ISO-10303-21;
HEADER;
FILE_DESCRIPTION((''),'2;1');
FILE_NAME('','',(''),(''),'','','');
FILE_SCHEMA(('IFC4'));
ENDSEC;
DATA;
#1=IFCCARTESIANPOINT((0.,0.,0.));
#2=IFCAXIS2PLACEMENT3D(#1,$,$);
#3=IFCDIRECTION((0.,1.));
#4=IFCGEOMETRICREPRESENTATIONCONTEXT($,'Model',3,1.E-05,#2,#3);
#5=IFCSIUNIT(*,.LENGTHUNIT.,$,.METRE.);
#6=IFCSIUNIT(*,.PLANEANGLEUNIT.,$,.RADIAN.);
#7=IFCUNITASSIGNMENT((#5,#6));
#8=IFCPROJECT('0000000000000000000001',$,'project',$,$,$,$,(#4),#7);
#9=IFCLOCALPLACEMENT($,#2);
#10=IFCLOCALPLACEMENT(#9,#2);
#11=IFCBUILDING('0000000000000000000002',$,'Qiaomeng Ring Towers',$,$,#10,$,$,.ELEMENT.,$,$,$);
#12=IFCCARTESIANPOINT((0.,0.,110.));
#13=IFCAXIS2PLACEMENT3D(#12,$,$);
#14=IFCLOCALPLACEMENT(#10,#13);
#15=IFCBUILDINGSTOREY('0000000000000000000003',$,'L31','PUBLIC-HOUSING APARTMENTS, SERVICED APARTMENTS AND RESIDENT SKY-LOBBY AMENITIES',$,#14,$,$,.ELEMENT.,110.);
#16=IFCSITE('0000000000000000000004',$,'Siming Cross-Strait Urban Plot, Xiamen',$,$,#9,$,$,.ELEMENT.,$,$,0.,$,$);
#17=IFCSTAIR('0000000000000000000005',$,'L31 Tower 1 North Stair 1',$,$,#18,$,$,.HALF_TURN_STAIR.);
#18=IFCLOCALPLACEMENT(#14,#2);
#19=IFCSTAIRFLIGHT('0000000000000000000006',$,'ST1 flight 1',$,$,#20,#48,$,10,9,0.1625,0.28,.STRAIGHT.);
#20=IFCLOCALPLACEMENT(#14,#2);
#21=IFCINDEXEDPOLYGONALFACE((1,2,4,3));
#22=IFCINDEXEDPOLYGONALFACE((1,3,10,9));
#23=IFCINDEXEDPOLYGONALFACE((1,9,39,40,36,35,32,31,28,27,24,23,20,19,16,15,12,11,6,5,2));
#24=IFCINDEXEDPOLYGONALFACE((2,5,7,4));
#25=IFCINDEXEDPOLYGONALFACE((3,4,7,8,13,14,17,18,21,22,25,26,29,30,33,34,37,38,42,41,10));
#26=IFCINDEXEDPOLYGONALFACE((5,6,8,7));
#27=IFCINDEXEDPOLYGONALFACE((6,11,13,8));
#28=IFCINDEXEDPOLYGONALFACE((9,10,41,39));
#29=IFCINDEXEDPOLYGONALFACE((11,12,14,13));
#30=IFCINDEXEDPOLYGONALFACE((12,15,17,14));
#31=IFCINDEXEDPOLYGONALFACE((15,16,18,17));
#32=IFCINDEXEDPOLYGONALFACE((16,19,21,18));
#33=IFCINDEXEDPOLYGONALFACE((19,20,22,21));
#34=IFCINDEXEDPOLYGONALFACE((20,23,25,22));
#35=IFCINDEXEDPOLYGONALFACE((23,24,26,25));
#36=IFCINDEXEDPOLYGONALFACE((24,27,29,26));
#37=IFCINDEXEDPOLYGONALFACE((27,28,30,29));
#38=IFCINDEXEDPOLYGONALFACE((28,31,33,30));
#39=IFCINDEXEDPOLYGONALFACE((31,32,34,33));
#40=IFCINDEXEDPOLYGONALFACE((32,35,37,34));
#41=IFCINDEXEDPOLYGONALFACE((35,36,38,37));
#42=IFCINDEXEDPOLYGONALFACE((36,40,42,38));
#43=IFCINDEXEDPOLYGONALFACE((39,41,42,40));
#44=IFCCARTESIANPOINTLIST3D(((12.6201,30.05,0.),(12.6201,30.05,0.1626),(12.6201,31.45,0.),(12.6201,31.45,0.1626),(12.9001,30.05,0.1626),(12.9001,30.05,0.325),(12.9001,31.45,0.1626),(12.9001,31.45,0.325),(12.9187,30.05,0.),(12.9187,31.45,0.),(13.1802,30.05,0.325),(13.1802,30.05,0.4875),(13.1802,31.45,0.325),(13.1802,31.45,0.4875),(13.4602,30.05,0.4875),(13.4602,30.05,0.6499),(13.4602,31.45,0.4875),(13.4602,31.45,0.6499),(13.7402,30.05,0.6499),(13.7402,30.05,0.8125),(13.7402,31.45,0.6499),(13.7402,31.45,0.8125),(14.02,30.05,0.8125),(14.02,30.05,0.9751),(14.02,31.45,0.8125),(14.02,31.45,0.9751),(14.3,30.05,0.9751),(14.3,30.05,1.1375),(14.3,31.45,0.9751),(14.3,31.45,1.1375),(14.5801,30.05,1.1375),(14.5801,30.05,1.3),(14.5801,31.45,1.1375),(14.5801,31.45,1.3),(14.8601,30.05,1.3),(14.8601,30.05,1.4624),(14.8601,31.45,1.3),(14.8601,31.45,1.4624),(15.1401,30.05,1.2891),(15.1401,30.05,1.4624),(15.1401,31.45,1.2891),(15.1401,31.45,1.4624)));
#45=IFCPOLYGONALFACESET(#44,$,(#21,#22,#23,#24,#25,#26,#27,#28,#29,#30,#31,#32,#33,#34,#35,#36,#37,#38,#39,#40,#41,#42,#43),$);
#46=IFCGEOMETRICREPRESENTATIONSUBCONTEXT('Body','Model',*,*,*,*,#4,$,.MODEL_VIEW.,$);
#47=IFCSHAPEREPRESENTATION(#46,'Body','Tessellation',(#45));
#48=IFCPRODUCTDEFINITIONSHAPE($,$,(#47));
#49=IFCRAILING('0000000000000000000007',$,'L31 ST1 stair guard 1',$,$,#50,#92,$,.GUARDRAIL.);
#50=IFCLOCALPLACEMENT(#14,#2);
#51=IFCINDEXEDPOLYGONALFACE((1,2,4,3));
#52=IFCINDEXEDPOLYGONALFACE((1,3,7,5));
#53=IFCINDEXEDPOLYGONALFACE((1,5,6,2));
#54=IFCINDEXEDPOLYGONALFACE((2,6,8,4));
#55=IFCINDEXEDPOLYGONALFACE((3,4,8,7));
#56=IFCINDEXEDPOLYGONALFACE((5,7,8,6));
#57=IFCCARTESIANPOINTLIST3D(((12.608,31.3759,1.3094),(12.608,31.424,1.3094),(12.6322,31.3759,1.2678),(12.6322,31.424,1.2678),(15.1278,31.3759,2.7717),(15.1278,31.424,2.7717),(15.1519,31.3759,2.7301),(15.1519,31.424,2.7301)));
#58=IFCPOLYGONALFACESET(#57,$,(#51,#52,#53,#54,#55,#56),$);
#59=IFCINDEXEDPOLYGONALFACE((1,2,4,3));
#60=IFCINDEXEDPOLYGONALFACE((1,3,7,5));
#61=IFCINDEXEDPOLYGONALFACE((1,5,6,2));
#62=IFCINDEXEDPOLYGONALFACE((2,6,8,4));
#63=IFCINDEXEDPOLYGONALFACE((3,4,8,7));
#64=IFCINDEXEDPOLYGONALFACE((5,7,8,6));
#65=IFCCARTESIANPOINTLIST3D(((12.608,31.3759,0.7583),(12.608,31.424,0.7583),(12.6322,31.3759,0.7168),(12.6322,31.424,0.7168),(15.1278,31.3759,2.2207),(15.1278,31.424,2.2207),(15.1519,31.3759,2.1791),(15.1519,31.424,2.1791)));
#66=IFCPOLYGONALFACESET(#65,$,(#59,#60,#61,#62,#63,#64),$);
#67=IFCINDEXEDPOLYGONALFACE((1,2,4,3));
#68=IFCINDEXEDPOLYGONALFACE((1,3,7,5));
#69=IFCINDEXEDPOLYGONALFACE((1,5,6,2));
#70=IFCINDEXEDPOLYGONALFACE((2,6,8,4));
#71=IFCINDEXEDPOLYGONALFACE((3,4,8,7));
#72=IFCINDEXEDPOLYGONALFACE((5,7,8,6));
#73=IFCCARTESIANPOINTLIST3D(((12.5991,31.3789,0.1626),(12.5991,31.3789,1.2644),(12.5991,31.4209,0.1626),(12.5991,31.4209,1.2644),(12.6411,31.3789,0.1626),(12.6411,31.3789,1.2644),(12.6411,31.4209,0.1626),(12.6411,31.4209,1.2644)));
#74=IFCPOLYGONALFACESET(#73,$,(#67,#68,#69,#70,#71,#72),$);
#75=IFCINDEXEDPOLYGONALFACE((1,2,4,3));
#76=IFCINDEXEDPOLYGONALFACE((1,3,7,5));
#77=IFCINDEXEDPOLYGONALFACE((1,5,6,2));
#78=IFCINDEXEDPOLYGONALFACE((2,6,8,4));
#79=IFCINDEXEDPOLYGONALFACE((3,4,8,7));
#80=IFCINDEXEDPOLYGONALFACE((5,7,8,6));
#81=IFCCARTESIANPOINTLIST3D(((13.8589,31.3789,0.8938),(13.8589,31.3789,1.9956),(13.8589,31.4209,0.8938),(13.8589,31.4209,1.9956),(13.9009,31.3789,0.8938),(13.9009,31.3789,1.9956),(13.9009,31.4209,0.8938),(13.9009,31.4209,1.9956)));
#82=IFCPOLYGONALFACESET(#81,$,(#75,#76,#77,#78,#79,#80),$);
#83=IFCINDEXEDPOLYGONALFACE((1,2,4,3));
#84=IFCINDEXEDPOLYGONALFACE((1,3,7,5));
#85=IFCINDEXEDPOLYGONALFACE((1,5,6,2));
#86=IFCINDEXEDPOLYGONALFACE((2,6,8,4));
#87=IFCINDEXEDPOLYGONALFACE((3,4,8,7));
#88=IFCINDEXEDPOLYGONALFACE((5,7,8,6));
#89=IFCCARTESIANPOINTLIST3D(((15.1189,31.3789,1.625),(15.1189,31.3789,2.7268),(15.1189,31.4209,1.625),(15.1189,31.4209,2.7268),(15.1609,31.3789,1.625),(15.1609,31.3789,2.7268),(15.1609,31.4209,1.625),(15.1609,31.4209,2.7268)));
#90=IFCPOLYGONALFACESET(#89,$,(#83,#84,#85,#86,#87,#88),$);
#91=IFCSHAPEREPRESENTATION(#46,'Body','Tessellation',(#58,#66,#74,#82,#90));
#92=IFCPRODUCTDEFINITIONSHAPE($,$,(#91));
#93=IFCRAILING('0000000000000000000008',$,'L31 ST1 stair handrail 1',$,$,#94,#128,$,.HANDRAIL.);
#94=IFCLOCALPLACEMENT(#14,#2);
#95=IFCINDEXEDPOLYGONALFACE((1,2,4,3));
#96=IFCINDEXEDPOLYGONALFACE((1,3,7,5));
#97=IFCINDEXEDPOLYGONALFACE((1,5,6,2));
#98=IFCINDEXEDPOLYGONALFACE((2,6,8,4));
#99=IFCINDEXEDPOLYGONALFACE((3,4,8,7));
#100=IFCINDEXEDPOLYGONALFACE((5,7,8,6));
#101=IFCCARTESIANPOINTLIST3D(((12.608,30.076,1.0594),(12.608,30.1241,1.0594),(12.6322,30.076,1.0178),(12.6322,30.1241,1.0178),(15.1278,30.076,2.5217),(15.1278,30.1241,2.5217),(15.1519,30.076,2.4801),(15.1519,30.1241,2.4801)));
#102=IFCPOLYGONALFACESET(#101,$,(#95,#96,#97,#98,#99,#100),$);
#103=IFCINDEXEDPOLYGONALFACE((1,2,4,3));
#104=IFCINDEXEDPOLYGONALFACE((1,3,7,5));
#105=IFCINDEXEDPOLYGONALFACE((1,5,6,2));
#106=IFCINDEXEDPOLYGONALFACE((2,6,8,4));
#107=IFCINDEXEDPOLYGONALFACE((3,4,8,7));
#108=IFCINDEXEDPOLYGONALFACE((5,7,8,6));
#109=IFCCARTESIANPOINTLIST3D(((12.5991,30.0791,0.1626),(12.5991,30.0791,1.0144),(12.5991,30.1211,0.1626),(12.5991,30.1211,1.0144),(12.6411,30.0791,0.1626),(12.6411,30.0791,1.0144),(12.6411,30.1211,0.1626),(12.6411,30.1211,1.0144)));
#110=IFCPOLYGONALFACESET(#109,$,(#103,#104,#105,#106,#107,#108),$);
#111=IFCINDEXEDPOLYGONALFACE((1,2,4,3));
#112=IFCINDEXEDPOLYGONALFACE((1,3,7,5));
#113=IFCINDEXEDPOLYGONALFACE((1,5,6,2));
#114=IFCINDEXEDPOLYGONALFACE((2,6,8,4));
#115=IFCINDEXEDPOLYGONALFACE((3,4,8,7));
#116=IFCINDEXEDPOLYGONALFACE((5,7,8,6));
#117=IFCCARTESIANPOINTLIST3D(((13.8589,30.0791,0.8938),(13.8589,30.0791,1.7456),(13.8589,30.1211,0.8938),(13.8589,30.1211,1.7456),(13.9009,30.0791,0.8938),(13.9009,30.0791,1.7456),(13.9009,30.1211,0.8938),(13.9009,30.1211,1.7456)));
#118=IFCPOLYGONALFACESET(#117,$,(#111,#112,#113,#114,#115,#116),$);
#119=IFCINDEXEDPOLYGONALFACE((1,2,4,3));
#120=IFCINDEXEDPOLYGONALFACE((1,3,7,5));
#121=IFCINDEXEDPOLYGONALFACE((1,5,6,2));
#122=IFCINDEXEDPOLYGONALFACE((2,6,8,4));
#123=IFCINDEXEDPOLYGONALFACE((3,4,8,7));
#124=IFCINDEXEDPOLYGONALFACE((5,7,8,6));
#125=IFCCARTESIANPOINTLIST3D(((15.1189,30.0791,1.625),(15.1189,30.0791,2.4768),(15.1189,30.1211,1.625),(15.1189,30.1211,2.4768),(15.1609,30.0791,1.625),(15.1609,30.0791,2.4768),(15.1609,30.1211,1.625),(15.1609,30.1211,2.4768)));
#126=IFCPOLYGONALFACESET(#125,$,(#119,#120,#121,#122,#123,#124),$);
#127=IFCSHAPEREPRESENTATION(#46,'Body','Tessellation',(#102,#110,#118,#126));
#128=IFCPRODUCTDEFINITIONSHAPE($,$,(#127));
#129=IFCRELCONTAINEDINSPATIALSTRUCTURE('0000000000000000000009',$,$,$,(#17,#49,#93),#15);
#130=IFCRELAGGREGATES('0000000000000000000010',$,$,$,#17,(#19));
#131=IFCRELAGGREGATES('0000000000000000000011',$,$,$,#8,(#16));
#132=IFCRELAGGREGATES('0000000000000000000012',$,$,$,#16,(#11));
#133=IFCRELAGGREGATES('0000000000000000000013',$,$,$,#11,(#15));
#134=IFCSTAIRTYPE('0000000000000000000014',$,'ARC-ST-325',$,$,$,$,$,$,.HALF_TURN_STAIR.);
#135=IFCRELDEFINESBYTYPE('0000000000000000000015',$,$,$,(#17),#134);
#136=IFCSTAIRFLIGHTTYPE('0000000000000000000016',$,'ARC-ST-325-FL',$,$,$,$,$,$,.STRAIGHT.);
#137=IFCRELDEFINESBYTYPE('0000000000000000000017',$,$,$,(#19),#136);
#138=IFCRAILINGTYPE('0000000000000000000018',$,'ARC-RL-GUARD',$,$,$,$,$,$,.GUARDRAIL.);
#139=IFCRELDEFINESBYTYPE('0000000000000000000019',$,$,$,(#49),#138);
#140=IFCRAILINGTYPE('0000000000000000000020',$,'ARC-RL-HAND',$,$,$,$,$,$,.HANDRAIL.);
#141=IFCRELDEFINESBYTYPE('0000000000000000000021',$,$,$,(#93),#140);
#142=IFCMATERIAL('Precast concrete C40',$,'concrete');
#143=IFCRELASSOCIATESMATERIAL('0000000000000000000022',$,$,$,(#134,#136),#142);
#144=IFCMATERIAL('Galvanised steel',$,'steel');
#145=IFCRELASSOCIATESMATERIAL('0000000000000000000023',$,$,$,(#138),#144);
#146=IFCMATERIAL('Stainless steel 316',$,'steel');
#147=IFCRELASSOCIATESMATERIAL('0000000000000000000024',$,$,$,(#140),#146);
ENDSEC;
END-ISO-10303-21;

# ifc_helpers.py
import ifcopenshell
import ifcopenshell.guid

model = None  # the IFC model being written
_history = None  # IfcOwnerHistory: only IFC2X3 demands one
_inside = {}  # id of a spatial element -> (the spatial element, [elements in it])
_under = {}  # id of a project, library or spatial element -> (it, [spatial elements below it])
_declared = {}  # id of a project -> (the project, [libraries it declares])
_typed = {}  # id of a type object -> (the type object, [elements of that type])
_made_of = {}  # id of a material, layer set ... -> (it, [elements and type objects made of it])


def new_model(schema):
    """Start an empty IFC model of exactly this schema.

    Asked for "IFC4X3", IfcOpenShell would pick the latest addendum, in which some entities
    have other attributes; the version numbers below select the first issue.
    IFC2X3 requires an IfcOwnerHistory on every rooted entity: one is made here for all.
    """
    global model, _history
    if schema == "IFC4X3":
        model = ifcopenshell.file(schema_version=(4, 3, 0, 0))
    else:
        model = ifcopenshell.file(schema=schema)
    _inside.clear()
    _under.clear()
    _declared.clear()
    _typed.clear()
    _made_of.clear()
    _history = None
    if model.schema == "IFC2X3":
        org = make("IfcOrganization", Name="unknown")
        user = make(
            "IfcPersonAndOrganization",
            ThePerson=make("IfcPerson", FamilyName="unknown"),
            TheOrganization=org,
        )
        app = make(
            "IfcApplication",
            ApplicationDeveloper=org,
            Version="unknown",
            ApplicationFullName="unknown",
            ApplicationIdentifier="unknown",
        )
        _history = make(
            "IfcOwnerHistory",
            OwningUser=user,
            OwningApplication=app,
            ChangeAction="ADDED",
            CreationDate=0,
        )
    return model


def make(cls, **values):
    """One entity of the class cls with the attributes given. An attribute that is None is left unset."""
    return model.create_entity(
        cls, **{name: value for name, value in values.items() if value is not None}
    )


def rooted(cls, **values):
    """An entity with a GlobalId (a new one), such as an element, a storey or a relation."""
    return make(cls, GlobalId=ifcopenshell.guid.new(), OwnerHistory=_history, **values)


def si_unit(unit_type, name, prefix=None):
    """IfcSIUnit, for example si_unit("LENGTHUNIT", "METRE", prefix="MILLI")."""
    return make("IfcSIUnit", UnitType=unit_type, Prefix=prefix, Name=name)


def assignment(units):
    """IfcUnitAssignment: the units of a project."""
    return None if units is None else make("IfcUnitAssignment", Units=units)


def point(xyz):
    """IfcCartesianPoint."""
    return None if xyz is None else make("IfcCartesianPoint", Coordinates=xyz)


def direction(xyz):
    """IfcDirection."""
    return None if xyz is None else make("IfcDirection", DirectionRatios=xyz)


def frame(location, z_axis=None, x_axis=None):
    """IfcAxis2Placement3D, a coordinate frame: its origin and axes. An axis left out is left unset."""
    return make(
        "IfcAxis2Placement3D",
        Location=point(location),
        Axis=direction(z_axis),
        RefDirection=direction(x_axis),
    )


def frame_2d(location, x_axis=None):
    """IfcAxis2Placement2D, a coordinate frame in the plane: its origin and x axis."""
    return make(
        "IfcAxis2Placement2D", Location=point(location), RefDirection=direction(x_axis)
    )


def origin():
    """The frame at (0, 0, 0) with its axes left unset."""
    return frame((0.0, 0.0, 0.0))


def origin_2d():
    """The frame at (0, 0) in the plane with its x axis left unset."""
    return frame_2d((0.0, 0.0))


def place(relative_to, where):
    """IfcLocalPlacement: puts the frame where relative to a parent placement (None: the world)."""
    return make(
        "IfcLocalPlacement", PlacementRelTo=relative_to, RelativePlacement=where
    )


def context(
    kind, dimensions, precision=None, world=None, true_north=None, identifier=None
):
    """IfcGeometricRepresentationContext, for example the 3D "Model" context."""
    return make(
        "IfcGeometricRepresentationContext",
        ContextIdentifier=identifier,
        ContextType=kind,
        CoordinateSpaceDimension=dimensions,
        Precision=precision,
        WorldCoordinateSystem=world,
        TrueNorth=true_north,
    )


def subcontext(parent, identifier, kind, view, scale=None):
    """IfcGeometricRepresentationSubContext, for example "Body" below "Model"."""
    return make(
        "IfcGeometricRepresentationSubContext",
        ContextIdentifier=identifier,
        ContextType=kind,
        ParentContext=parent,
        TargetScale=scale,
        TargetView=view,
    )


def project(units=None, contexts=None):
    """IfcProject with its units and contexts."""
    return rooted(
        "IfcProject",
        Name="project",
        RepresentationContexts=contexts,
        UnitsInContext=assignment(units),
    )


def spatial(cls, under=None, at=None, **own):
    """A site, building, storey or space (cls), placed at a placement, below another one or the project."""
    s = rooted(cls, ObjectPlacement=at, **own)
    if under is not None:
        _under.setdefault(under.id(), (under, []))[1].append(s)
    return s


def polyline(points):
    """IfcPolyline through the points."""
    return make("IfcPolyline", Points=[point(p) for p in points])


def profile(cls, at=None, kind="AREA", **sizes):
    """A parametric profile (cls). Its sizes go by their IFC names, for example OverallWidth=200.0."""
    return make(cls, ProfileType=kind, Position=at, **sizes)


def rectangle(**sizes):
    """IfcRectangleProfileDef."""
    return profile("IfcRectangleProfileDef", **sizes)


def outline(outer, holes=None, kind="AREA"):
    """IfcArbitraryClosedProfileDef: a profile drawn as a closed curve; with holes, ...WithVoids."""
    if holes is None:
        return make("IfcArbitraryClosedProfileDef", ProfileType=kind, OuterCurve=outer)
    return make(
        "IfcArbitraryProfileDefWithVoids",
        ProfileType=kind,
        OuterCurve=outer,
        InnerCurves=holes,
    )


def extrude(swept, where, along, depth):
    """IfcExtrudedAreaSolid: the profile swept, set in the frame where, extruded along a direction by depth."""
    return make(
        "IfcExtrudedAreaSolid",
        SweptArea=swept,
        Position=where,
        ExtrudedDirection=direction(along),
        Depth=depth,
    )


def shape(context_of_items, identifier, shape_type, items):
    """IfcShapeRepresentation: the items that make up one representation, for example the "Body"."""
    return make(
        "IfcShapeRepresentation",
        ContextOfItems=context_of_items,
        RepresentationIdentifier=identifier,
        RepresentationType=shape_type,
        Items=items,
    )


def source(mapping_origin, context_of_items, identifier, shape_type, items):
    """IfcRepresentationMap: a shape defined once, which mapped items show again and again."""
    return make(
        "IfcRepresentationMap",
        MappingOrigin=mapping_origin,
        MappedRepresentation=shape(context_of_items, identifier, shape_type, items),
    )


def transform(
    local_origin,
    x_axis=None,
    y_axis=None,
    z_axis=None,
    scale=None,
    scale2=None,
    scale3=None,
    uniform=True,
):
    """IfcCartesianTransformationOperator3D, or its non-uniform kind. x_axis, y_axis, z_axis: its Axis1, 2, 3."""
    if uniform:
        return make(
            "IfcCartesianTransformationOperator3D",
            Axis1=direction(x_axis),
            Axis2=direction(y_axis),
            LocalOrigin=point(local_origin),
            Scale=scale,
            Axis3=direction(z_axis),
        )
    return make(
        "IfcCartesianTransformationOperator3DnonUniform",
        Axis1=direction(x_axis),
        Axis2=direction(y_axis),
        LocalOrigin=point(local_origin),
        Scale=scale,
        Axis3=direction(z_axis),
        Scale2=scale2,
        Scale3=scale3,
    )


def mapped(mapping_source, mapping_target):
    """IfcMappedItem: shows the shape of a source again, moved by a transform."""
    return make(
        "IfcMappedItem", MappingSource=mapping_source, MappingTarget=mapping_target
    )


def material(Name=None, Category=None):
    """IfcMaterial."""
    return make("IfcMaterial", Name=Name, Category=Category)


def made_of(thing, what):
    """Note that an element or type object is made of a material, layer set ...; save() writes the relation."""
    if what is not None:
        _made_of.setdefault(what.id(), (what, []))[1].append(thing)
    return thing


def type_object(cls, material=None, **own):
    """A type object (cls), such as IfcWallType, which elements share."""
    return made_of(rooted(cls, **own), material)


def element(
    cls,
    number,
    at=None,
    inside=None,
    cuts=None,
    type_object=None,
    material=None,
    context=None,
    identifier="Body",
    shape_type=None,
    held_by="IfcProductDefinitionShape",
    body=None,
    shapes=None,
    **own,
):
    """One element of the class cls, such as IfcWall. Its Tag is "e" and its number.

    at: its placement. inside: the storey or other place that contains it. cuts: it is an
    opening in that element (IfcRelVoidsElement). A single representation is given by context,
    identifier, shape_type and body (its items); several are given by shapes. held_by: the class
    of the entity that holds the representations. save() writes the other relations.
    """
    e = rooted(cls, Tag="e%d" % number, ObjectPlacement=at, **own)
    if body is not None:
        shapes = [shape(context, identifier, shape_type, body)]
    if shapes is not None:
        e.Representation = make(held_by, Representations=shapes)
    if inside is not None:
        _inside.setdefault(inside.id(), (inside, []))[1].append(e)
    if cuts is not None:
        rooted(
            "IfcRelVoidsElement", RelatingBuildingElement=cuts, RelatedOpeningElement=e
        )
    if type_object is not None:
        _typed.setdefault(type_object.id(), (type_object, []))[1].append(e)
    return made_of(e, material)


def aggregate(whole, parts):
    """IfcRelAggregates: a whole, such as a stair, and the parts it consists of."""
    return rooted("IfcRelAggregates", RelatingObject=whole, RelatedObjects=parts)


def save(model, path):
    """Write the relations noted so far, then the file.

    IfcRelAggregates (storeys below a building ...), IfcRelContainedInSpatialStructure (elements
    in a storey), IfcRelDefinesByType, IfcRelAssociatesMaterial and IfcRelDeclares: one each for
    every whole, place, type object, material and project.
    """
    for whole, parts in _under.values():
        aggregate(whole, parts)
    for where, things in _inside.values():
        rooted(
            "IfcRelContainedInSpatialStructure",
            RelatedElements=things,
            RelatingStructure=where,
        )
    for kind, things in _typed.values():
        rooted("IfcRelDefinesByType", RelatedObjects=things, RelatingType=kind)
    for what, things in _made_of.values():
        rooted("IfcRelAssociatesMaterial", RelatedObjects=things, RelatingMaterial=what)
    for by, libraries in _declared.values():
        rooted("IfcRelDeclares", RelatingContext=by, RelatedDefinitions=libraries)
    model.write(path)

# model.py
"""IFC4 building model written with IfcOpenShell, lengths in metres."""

from ifc_helpers import new_model, si_unit, direction, frame, origin, origin_2d, place, context, subcontext, project, spatial, polyline, rectangle, outline, extrude, source, transform, mapped, material, type_object, element, aggregate, save


model = new_model("IFC4")

# Units and contexts
model_context = context("Model", 3, precision=1e-05, world=origin(), true_north=direction((0.0, 1.0)))
body_context = subcontext(model_context, "Body", "Model", "MODEL_VIEW")
ifc_project = project(units=[si_unit("LENGTHUNIT", "METRE"), si_unit("PLANEANGLEUNIT", "RADIAN")], contexts=[model_context])

# Site, building, storey
site_placement = place(None, origin())
site = spatial("IfcSite", under=ifc_project, at=site_placement, Name="Siming Cross-Strait Urban Plot, Xiamen", CompositionType="ELEMENT", RefElevation=0.0)
building_placement = place(site_placement, origin())
building = spatial("IfcBuilding", under=site, at=building_placement, Name="Qiaomeng Ring Towers", CompositionType="ELEMENT")
storey_placement = place(building_placement, frame((0.0, 0.0, 110.0)))
storey = spatial("IfcBuildingStorey", under=building, at=storey_placement, Name="L31", Description="PUBLIC-HOUSING APARTMENTS, SERVICED APARTMENTS AND RESIDENT SKY-LOBBY AMENITIES", CompositionType="ELEMENT", Elevation=110.0)

# Stair, stair flight
ifc_material_1 = material(Name="Precast concrete C40", Category="concrete")
stair_type = type_object("IfcStairType", Name="ARC-ST-325", PredefinedType="HALF_TURN_STAIR", material=ifc_material_1)
stair_placement = place(storey_placement, origin())
stair = element("IfcStair", 1, at=stair_placement, inside=storey, type_object=stair_type, Name="L31 Tower 1 North Stair 1", PredefinedType="HALF_TURN_STAIR")
stair_flight_type = type_object("IfcStairFlightType", Name="ARC-ST-325-FL", PredefinedType="STRAIGHT", material=ifc_material_1)
shared_shape_1 = source(origin(), body_context, "Body", "SweptSolid", [
    extrude(outline(polyline([(0.0, 0.0), (0.0, 0.1626), (0.28, 0.1626), (0.28, 0.325), (0.5601, 0.325), (0.5601, 0.4875), (0.8401, 0.4875), (0.8401, 0.6499), (1.1201, 0.6499), (1.1201, 0.8125), (1.3999, 0.8125), (1.3999, 0.9751), (1.6799, 0.9751), (1.6799, 1.1375), (1.96, 1.1375), (1.96, 1.3), (2.24, 1.3), (2.24, 1.4624), (2.52, 1.4624), (2.52, 1.625), (2.52, 1.2891), (0.2986, 0.0), (0.0, 0.0)])), frame((0.0, 0.7, 0.0), z_axis=(0.0, -1.0, 0.0), x_axis=(1.0, 0.0, 0.0)), (0.0, 0.0, 1.0), 1.3999),
])
stair_flight_placement = place(storey_placement, frame((12.6201, 30.75, 0.0), z_axis=(0.0, 0.0, 1.0), x_axis=(1.0, 0.0, 0.0)))
stair_flight = element("IfcStairFlight", 2, at=stair_flight_placement, type_object=stair_flight_type, Name="ST1 flight 1", NumberOfRisers=10, NumberOfTreads=9, PredefinedType="STRAIGHT", RiserHeight=0.1625, TreadLength=0.28, context=body_context, shape_type="MappedRepresentation", body=[
    mapped(shared_shape_1, transform((0.0, 0.0, 0.0), x_axis=(1.0, 0.0, 0.0), y_axis=(0.0, 1.0, 0.0), z_axis=(0.0, 0.0, 1.0), scale=1.0)),
])
aggregate(stair, [stair_flight])

# Railings
ifc_material_2 = material(Name="Galvanised steel", Category="steel")
railing_type_1 = type_object("IfcRailingType", Name="ARC-RL-GUARD", PredefinedType="GUARDRAIL", material=ifc_material_2)
railing_1_placement = place(storey_placement, frame((12.6201, 31.3999, 0.1626)))
element("IfcRailing", 3, at=railing_1_placement, inside=storey, type_object=railing_type_1, Name="L31 ST1 stair guard 1", PredefinedType="GUARDRAIL", context=body_context, shape_type="SweptSolid", body=[
    extrude(rectangle(XDim=0.0481, YDim=0.0481, at=origin_2d()), frame((0.0, 0.0, 1.126), z_axis=(0.864892, 0.0, 0.501958), x_axis=(0.0, 1.0, 0.0)), (0.0, 0.0, 1.0), 2.9133),
    extrude(rectangle(XDim=0.0481, YDim=0.0481, at=origin_2d()), frame((0.0, 0.0, 0.575), z_axis=(0.864892, 0.0, 0.501958), x_axis=(0.0, 1.0, 0.0)), (0.0, 0.0, 1.0), 2.9133),
    extrude(rectangle(XDim=0.042, YDim=0.042, at=origin_2d()), origin(), (0.0, 0.0, 1.0), 1.1018),
    extrude(rectangle(XDim=0.042, YDim=0.042, at=origin_2d()), frame((1.2598, 0.0, 0.7312)), (0.0, 0.0, 1.0), 1.1018),
    extrude(rectangle(XDim=0.042, YDim=0.042, at=origin_2d()), frame((2.5198, 0.0, 1.4624)), (0.0, 0.0, 1.0), 1.1018),
])
ifc_material_3 = material(Name="Stainless steel 316", Category="steel")
railing_type_2 = type_object("IfcRailingType", Name="ARC-RL-HAND", PredefinedType="HANDRAIL", material=ifc_material_3)
railing_2_placement = place(storey_placement, frame((12.6201, 30.1001, 0.1626)))
element("IfcRailing", 4, at=railing_2_placement, inside=storey, type_object=railing_type_2, Name="L31 ST1 stair handrail 1", PredefinedType="HANDRAIL", context=body_context, shape_type="SweptSolid", body=[
    extrude(rectangle(XDim=0.0481, YDim=0.0481, at=origin_2d()), frame((0.0, 0.0, 0.876), z_axis=(0.864892, 0.0, 0.501958), x_axis=(0.0, 1.0, 0.0)), (0.0, 0.0, 1.0), 2.9133),
    extrude(rectangle(XDim=0.042, YDim=0.042, at=origin_2d()), origin(), (0.0, 0.0, 1.0), 0.8518),
    extrude(rectangle(XDim=0.042, YDim=0.042, at=origin_2d()), frame((1.2598, 0.0, 0.7312)), (0.0, 0.0, 1.0), 0.8518),
    extrude(rectangle(XDim=0.042, YDim=0.042, at=origin_2d()), frame((2.5198, 0.0, 1.4624)), (0.0, 0.0, 1.0), 0.8518),
])

save(model, "model.ifc")
